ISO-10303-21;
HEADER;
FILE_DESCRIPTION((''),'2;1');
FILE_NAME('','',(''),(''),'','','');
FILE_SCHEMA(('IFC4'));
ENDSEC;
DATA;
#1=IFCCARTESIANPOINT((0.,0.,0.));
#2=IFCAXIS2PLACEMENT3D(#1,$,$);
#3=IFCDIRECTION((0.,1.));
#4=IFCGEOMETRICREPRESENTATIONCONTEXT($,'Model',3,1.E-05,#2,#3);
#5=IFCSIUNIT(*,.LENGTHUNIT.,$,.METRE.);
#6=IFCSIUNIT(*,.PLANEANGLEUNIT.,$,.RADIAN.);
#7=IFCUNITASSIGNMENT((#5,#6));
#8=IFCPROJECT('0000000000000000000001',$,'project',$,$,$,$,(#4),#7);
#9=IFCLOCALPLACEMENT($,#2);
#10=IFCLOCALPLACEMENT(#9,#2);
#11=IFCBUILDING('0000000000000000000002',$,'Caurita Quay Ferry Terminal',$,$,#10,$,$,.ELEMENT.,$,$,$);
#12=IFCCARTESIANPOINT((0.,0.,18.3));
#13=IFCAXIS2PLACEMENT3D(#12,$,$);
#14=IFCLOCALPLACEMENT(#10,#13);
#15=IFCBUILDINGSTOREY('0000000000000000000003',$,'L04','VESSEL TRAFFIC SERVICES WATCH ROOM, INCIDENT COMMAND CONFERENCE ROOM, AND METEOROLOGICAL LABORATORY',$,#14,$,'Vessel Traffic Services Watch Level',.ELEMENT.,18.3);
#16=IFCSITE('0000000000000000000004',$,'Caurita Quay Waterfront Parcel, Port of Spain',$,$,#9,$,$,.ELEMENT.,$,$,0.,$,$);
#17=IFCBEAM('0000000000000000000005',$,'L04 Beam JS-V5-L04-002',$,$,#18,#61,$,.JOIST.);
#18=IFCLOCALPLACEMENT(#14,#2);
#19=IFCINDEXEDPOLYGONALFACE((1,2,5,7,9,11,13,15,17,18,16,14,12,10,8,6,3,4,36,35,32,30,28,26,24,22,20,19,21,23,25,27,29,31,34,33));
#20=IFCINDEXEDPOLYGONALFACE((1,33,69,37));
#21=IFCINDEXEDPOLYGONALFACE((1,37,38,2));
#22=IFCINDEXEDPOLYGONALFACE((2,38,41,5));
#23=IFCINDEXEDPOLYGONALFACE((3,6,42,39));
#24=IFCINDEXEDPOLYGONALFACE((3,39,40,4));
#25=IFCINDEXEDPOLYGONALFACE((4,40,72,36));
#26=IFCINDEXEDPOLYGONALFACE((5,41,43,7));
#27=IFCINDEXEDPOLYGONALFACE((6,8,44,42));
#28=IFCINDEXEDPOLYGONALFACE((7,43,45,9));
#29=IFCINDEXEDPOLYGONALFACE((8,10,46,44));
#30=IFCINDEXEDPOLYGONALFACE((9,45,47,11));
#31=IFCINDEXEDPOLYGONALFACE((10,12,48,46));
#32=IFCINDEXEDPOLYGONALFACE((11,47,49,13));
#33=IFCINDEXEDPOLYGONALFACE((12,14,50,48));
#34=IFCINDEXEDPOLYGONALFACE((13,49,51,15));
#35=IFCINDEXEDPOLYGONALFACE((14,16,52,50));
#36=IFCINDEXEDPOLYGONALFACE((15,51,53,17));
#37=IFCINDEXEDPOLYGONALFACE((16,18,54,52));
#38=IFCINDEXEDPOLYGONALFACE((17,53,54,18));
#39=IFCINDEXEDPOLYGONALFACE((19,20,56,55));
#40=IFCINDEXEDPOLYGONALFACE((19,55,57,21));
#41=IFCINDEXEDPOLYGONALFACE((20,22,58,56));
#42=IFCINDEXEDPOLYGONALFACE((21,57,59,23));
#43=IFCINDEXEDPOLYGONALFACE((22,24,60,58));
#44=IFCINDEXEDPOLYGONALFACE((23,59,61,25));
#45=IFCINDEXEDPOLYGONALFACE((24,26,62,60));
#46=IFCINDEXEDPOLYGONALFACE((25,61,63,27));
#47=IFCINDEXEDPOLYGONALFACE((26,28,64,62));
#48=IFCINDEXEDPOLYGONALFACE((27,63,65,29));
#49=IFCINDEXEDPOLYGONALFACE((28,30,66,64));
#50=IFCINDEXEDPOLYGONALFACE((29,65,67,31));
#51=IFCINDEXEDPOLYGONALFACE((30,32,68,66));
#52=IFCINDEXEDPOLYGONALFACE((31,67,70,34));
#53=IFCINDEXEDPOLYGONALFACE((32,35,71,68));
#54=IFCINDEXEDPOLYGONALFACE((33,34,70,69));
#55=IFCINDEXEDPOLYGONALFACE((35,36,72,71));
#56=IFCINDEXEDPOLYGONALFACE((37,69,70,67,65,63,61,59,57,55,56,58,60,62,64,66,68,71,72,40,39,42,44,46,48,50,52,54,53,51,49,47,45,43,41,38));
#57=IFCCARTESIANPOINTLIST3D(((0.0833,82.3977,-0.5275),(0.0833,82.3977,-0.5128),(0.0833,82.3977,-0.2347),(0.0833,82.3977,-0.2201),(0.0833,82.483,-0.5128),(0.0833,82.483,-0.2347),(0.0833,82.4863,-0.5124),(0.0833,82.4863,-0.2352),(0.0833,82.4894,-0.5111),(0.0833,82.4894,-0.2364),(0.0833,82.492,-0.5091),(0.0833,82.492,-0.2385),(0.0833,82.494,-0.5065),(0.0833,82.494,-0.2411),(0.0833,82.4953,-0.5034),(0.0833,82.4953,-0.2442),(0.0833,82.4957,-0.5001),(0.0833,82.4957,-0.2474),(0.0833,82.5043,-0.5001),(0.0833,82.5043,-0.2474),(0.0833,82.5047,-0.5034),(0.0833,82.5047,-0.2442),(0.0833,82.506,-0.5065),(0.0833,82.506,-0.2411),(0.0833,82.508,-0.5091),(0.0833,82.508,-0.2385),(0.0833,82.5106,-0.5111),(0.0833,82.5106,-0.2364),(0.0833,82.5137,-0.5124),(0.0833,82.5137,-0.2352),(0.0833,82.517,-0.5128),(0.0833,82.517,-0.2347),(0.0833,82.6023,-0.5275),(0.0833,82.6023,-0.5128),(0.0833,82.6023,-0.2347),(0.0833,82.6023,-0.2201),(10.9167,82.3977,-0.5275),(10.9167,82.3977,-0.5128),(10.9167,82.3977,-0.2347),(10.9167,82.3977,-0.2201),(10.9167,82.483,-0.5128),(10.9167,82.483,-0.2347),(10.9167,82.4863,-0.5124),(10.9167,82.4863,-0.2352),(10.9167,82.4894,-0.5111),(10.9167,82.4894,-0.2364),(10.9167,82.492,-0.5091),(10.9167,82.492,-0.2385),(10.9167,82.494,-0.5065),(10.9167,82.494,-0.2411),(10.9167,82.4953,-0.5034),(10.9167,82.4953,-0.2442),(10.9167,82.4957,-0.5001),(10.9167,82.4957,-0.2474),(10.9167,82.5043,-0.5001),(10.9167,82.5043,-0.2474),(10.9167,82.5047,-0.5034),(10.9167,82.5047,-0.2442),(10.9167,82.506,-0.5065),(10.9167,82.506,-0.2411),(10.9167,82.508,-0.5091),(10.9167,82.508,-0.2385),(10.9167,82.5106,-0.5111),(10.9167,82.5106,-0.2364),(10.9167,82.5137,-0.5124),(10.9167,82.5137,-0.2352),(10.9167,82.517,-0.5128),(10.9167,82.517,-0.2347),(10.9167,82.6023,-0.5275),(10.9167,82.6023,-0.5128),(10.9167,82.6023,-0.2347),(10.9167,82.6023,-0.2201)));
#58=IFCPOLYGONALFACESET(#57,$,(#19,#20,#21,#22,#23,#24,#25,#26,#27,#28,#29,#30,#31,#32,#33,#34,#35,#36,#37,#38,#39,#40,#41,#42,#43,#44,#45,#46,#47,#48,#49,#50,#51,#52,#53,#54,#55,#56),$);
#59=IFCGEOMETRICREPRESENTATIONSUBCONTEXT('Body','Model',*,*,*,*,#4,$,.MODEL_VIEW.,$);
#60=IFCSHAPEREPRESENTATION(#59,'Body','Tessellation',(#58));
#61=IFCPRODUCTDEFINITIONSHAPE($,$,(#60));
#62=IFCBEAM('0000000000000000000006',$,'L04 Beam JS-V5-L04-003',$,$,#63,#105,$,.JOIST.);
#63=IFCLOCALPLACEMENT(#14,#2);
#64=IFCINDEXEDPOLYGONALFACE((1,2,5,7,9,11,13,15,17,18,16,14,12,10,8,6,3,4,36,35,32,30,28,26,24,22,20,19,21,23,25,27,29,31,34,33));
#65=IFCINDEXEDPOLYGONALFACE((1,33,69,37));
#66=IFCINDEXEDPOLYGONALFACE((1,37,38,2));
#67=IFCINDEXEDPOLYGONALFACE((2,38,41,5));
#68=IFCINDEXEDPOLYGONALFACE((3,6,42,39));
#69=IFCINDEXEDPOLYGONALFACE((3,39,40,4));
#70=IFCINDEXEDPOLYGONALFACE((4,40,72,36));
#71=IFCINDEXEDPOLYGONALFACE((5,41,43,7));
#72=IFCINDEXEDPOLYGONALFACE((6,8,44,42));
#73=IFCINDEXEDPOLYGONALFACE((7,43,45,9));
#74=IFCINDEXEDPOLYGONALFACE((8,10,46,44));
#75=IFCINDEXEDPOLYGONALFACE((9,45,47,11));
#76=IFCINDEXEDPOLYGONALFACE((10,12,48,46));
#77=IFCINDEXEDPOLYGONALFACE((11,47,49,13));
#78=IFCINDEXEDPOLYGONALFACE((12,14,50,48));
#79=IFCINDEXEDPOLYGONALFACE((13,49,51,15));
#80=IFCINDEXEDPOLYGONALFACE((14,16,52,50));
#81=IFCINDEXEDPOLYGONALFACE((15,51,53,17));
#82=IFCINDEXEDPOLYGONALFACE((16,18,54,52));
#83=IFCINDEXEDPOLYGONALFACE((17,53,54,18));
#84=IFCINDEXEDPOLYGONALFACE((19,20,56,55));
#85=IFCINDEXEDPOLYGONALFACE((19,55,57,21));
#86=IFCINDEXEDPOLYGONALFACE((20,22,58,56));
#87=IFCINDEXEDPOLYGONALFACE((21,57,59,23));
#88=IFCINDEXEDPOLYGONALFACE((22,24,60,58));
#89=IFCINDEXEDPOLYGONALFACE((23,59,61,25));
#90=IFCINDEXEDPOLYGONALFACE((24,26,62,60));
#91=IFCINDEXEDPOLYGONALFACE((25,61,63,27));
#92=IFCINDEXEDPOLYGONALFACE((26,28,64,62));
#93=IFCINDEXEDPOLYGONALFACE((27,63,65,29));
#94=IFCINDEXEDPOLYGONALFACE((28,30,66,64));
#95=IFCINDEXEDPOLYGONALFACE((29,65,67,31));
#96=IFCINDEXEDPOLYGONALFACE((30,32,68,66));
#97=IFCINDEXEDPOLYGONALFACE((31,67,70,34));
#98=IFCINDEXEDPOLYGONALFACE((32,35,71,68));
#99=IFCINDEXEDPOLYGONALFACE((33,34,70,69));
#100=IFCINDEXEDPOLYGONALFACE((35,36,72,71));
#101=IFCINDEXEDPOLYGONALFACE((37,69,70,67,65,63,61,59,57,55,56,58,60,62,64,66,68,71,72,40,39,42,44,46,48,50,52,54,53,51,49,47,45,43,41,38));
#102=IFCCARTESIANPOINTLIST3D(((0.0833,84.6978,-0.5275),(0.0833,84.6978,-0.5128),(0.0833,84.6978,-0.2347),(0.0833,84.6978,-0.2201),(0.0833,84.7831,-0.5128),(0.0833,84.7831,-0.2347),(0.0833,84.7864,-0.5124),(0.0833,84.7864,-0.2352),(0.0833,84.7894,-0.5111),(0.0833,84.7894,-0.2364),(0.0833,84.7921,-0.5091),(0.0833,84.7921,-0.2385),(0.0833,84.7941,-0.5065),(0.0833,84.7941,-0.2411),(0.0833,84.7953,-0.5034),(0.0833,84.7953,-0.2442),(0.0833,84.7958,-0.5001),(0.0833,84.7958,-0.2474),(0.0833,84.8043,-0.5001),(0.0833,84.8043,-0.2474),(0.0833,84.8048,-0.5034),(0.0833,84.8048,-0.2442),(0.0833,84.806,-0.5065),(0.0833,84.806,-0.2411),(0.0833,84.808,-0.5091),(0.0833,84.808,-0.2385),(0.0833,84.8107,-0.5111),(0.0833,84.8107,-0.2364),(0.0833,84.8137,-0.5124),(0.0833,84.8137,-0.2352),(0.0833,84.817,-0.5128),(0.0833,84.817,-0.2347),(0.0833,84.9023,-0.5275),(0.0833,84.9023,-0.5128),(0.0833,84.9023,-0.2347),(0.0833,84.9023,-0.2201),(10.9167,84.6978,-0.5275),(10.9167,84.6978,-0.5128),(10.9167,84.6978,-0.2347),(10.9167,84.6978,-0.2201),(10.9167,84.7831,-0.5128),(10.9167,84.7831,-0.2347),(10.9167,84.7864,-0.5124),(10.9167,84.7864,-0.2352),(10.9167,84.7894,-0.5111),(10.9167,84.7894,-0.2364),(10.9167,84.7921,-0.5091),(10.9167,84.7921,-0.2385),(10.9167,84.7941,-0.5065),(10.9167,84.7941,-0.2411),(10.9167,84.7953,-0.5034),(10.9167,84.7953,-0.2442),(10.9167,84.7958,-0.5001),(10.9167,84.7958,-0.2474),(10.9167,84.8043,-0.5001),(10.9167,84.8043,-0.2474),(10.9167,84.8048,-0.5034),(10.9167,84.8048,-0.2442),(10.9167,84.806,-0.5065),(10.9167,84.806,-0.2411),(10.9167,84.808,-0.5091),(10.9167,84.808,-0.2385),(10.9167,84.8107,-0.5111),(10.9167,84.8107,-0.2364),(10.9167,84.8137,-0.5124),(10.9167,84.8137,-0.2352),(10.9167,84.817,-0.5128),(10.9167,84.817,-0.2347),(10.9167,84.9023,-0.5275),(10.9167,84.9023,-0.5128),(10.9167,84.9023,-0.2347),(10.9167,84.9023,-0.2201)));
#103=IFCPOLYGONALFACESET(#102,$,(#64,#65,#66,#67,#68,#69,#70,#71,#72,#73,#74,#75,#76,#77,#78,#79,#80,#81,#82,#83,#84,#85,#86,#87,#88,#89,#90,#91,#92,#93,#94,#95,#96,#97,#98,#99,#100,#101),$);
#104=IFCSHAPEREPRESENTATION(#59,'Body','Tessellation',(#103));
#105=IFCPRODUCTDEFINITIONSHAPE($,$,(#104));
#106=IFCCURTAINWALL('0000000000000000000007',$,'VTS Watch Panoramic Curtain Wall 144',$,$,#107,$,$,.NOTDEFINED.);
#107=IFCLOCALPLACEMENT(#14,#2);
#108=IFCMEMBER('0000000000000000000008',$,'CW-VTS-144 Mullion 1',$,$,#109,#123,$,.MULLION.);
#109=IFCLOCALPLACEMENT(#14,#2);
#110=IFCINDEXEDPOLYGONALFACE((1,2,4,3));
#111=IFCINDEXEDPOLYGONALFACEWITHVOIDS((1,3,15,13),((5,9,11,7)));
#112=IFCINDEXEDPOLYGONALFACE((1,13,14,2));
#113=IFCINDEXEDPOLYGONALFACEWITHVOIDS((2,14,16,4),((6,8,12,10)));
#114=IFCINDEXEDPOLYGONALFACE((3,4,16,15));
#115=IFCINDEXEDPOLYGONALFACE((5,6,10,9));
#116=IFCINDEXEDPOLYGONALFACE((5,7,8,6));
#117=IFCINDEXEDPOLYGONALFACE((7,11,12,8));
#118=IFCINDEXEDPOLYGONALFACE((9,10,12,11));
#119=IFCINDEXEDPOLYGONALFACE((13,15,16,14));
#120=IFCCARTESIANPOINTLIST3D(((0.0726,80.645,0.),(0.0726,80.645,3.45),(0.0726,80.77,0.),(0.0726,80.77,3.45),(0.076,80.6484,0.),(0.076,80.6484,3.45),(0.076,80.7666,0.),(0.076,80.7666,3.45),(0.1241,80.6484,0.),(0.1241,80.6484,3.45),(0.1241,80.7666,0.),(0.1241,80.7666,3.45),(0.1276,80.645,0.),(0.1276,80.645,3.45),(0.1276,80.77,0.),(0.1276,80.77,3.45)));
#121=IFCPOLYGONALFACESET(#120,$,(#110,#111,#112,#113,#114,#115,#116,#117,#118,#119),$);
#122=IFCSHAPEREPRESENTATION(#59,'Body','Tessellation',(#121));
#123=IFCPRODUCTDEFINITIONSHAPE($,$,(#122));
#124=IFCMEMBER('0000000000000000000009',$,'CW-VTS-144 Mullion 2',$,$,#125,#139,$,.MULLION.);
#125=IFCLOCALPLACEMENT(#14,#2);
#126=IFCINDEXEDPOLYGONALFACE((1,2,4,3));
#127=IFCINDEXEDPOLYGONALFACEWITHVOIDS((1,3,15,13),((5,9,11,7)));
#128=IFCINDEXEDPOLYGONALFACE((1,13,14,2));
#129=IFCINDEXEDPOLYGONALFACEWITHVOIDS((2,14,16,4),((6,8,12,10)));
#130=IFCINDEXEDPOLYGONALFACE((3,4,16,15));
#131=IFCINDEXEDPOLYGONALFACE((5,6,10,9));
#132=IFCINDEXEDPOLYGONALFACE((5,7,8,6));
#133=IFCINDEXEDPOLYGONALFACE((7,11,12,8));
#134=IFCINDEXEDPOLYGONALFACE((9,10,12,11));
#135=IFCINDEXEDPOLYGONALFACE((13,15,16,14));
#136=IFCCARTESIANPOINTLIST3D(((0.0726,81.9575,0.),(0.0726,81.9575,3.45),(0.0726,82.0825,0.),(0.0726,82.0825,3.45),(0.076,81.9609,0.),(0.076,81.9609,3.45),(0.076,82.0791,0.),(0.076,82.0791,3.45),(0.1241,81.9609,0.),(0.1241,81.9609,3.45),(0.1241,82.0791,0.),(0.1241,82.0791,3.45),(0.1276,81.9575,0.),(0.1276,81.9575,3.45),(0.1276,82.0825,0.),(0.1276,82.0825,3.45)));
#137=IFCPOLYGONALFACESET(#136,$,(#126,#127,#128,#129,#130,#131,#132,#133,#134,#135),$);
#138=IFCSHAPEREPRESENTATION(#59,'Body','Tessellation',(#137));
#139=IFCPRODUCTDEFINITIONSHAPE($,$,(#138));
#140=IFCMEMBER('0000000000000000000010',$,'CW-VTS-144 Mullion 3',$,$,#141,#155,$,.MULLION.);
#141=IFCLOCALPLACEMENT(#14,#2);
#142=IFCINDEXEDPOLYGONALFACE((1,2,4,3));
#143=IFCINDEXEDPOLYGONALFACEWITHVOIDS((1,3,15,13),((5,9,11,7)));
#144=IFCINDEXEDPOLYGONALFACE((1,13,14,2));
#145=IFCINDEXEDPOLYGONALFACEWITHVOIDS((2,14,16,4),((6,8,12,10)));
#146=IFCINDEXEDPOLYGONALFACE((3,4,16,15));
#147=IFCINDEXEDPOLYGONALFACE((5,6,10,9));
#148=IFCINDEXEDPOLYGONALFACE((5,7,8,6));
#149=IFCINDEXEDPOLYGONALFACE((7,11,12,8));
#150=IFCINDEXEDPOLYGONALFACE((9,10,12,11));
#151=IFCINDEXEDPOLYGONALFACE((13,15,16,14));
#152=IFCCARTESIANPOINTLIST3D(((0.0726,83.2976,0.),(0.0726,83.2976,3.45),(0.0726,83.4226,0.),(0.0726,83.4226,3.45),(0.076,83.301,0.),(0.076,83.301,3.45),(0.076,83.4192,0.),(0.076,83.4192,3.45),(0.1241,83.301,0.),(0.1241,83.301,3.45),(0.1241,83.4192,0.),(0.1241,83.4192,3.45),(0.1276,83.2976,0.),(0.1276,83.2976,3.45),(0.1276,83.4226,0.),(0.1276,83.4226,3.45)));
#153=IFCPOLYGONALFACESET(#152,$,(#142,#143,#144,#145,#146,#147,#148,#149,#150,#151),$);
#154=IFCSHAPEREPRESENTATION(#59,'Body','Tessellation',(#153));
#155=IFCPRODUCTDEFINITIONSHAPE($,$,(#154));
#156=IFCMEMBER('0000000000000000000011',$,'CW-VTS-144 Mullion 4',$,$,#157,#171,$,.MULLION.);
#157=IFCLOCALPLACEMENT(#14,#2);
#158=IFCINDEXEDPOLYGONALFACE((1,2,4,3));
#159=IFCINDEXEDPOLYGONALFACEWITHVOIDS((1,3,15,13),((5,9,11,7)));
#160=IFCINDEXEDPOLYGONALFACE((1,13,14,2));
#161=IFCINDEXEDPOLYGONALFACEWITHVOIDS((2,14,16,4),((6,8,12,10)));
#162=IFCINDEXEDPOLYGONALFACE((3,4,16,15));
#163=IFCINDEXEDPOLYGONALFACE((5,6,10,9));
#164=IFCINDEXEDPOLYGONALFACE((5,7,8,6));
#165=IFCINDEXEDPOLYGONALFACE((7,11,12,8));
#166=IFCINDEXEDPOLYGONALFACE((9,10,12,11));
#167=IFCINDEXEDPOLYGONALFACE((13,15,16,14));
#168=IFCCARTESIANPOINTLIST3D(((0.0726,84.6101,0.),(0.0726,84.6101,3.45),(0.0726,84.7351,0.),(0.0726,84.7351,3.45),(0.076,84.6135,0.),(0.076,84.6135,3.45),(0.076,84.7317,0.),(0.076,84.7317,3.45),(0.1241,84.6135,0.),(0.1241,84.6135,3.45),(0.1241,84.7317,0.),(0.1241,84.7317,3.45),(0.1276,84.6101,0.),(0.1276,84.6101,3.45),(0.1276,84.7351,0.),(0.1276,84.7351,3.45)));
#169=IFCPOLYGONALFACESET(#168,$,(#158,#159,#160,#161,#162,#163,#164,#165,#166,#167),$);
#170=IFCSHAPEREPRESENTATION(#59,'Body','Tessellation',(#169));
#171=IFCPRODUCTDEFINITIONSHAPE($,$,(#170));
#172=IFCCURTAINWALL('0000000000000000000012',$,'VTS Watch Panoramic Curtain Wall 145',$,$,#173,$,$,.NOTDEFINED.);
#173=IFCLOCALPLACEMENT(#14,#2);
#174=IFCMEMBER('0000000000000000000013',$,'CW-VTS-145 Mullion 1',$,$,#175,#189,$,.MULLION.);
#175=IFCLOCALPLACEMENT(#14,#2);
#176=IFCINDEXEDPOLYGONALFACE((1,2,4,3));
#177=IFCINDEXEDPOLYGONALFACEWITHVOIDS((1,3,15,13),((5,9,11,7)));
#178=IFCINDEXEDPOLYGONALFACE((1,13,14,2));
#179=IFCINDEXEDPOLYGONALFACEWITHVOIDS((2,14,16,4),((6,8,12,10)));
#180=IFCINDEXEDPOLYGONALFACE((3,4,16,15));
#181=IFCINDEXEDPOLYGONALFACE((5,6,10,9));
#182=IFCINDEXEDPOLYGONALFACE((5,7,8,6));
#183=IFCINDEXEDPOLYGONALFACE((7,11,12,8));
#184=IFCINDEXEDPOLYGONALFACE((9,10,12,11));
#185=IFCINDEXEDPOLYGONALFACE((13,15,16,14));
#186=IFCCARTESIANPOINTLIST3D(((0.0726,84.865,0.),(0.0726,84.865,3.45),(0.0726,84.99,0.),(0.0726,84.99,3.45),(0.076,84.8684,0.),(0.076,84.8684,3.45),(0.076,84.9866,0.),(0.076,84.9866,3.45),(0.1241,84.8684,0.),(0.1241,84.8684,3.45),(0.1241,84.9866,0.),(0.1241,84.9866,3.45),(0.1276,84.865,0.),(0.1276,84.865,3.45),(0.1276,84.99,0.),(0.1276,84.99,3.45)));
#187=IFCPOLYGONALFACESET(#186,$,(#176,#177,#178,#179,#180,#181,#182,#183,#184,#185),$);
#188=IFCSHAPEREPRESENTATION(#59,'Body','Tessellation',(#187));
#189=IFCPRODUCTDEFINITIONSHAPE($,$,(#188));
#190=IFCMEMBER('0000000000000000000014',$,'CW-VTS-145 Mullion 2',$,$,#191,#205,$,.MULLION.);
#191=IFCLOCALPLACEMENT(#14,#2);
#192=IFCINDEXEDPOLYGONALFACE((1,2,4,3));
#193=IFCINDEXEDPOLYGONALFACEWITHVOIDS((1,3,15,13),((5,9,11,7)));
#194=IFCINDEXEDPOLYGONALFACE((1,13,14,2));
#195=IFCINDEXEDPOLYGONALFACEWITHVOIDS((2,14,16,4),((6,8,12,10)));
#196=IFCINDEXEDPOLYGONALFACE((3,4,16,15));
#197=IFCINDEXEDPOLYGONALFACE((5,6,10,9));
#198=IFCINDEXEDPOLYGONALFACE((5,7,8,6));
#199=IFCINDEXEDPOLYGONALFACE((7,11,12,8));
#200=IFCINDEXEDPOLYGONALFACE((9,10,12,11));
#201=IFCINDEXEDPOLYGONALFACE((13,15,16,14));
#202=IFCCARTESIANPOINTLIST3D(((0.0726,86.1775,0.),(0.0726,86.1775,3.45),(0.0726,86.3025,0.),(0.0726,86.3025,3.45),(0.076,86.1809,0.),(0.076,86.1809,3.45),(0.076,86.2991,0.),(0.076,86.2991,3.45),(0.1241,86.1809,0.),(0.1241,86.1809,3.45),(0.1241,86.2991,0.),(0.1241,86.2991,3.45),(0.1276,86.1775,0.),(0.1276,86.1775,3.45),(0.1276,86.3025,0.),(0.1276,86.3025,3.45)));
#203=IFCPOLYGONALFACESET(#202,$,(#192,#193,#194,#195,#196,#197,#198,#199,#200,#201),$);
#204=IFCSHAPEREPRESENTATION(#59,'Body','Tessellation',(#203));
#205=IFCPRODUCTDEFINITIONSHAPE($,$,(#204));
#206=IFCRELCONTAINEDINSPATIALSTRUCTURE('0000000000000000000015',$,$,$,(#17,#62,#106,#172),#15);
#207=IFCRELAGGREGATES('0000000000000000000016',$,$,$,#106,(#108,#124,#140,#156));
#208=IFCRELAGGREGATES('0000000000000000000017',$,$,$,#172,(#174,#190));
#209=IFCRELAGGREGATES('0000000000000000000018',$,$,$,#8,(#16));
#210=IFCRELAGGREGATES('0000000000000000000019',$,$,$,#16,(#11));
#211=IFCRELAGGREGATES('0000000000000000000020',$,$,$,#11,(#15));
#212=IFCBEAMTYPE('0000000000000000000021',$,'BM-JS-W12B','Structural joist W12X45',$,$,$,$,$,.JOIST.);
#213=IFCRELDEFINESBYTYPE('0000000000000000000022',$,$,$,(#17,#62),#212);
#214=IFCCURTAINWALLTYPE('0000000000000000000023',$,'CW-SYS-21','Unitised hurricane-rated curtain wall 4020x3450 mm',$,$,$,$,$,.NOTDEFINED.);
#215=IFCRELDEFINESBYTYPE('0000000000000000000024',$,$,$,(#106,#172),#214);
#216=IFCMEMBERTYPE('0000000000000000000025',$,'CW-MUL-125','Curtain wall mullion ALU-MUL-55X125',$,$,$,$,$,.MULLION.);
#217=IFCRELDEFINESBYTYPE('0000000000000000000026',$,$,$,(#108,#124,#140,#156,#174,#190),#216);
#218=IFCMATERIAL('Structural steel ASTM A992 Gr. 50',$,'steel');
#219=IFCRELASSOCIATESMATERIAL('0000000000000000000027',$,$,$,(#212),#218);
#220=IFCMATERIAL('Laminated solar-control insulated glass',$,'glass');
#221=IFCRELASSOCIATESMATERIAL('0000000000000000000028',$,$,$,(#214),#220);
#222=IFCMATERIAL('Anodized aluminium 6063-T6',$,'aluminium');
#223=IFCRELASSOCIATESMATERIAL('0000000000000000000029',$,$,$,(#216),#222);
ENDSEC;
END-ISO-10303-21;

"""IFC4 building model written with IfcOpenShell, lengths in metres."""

from ifc_helpers import new_model, si_unit, direction, frame, origin, origin_2d, place, context, subcontext, project, spatial, hollow_rectangle, i_section, extrude, material, material_profile, profile_set, type_object, element, aggregate, save


model = new_model("IFC4")

# Units and contexts
model_context = context("Model", 3, precision=1e-05, world=origin(), true_north=direction((0.0, 1.0)))
body_context = subcontext(model_context, "Body", "Model", "MODEL_VIEW")
ifc_project = project(units=[si_unit("LENGTHUNIT", "METRE"), si_unit("PLANEANGLEUNIT", "RADIAN")], contexts=[model_context])

# Site, building, storey
site_placement = place(None, origin())
site = spatial("IfcSite", under=ifc_project, at=site_placement, Name="Caurita Quay Waterfront Parcel, Port of Spain", CompositionType="ELEMENT", RefElevation=0.0)
building_placement = place(site_placement, origin())
building = spatial("IfcBuilding", under=site, at=building_placement, Name="Caurita Quay Ferry Terminal", CompositionType="ELEMENT")
storey_placement = place(building_placement, frame((0.0, 0.0, 18.3)))
storey = spatial("IfcBuildingStorey", under=building, at=storey_placement, Name="L04", Description="VESSEL TRAFFIC SERVICES WATCH ROOM, INCIDENT COMMAND CONFERENCE ROOM, AND METEOROLOGICAL LABORATORY", LongName="Vessel Traffic Services Watch Level", CompositionType="ELEMENT", Elevation=18.3)

# Beams
ifc_material_1 = material(Name="Structural steel ASTM A992 Gr. 50", Category="steel")
ifc_material_profile_1 = material_profile(ifc_material_1, i_section(OverallWidth=0.2046, OverallDepth=0.3074, WebThickness=0.0085, FlangeThickness=0.0146, FilletRadius=0.0127, at=origin_2d()), Name="W12X45")
ifc_profile_set_1 = profile_set([ifc_material_profile_1], Name="Structural steel ASTM A992 Gr. 50")
beam_type = type_object("IfcBeamType", Name="BM-JS-W12B", Description="Structural joist W12X45", PredefinedType="JOIST", material=ifc_profile_set_1)
for number, where, z_axis, x_axis, name in (
    (1, (0.0833, 82.5, -0.3738), (1.0, 0.0, 0.0), (0.0, 1.0, 0.0), "L04 Beam JS-V5-L04-002"),
    (2, (0.0833, 84.8, -0.3738), (1.0, 0.0, 0.0), (0.0, 1.0, 0.0), "L04 Beam JS-V5-L04-003"),
):
    element("IfcBeam", number, at=place(storey_placement, frame(where, z_axis=z_axis, x_axis=x_axis)), inside=storey, type_object=beam_type, Name=name, PredefinedType="JOIST", context=body_context, shape_type="SweptSolid", body=[
        extrude(i_section(OverallWidth=0.2046, OverallDepth=0.3074, WebThickness=0.0085, FlangeThickness=0.0146, FilletRadius=0.0127, at=origin_2d()), origin(), (0.0, 0.0, 1.0), 10.8335),
    ])

# Curtain walls, members
ifc_material_2 = material(Name="Laminated solar-control insulated glass", Category="glass")
curtain_wall_type = type_object("IfcCurtainWallType", Name="CW-SYS-21", Description="Unitised hurricane-rated curtain wall 4020x3450 mm", PredefinedType="NOTDEFINED", material=ifc_material_2)
curtain_wall_1_placement = place(storey_placement, origin())
curtain_wall_1 = element("IfcCurtainWall", 3, at=curtain_wall_1_placement, inside=storey, type_object=curtain_wall_type, Name="VTS Watch Panoramic Curtain Wall 144", PredefinedType="NOTDEFINED")
ifc_material_3 = material(Name="Anodized aluminium 6063-T6", Category="aluminium")
ifc_material_profile_2 = material_profile(ifc_material_3, hollow_rectangle(XDim=0.0549, YDim=0.125, WallThickness=0.0034, at=origin_2d()), Name="ALU-MUL-55X125")
ifc_profile_set_2 = profile_set([ifc_material_profile_2], Name="Anodized aluminium 6063-T6")
member_type_1 = type_object("IfcMemberType", Name="CW-MUL-125", Description="Curtain wall mullion ALU-MUL-55X125", PredefinedType="MULLION", material=ifc_profile_set_2)
member_1_placement = place(storey_placement, frame((0.1001, 80.7075, 0.0), z_axis=(0.0, 0.0, 1.0), x_axis=(-1.0, 0.0, 0.0)))
member_1 = element("IfcMember", 4, at=member_1_placement, type_object=member_type_1, Name="CW-VTS-144 Mullion 1", PredefinedType="MULLION", context=body_context, shape_type="SweptSolid", body=[
    extrude(hollow_rectangle(XDim=0.0549, YDim=0.125, WallThickness=0.0034, at=origin_2d()), origin(), (0.0, 0.0, 1.0), 3.45),
])
member_2_placement = place(storey_placement, frame((0.1001, 82.02, 0.0), z_axis=(0.0, 0.0, 1.0), x_axis=(-1.0, 0.0, 0.0)))
member_2 = element("IfcMember", 5, at=member_2_placement, type_object=member_type_1, Name="CW-VTS-144 Mullion 2", PredefinedType="MULLION", context=body_context, shape_type="SweptSolid", body=[
    extrude(hollow_rectangle(XDim=0.0549, YDim=0.125, WallThickness=0.0034, at=origin_2d()), origin(), (0.0, 0.0, 1.0), 3.45),
])
member_3_placement = place(storey_placement, frame((0.1001, 83.3601, 0.0), z_axis=(0.0, 0.0, 1.0), x_axis=(-1.0, 0.0, 0.0)))
member_3 = element("IfcMember", 6, at=member_3_placement, type_object=member_type_1, Name="CW-VTS-144 Mullion 3", PredefinedType="MULLION", context=body_context, shape_type="SweptSolid", body=[
    extrude(hollow_rectangle(XDim=0.0549, YDim=0.125, WallThickness=0.0034, at=origin_2d()), origin(), (0.0, 0.0, 1.0), 3.45),
])
member_4_placement = place(storey_placement, frame((0.1001, 84.6726, 0.0), z_axis=(0.0, 0.0, 1.0), x_axis=(-1.0, 0.0, 0.0)))
member_4 = element("IfcMember", 7, at=member_4_placement, type_object=member_type_1, Name="CW-VTS-144 Mullion 4", PredefinedType="MULLION", context=body_context, shape_type="SweptSolid", body=[
    extrude(hollow_rectangle(XDim=0.0549, YDim=0.125, WallThickness=0.0034, at=origin_2d()), origin(), (0.0, 0.0, 1.0), 3.45),
])
curtain_wall_2_placement = place(storey_placement, origin())
curtain_wall_2 = element("IfcCurtainWall", 8, at=curtain_wall_2_placement, inside=storey, type_object=curtain_wall_type, Name="VTS Watch Panoramic Curtain Wall 145", PredefinedType="NOTDEFINED")
member_5_placement = place(storey_placement, frame((0.1001, 84.9275, 0.0), z_axis=(0.0, 0.0, 1.0), x_axis=(-1.0, 0.0, 0.0)))
member_5 = element("IfcMember", 9, at=member_5_placement, type_object=member_type_1, Name="CW-VTS-145 Mullion 1", PredefinedType="MULLION", context=body_context, shape_type="SweptSolid", body=[
    extrude(hollow_rectangle(XDim=0.0549, YDim=0.125, WallThickness=0.0034, at=origin_2d()), origin(), (0.0, 0.0, 1.0), 3.45),
])
member_6_placement = place(storey_placement, frame((0.1001, 86.24, 0.0), z_axis=(0.0, 0.0, 1.0), x_axis=(-1.0, 0.0, 0.0)))
member_6 = element("IfcMember", 10, at=member_6_placement, type_object=member_type_1, Name="CW-VTS-145 Mullion 2", PredefinedType="MULLION", context=body_context, shape_type="SweptSolid", body=[
    extrude(hollow_rectangle(XDim=0.0549, YDim=0.125, WallThickness=0.0034, at=origin_2d()), origin(), (0.0, 0.0, 1.0), 3.45),
])

aggregate(curtain_wall_1, [member_1, member_2, member_3, member_4])
aggregate(curtain_wall_2, [member_5, member_6])

save(model, "model.ifc")
